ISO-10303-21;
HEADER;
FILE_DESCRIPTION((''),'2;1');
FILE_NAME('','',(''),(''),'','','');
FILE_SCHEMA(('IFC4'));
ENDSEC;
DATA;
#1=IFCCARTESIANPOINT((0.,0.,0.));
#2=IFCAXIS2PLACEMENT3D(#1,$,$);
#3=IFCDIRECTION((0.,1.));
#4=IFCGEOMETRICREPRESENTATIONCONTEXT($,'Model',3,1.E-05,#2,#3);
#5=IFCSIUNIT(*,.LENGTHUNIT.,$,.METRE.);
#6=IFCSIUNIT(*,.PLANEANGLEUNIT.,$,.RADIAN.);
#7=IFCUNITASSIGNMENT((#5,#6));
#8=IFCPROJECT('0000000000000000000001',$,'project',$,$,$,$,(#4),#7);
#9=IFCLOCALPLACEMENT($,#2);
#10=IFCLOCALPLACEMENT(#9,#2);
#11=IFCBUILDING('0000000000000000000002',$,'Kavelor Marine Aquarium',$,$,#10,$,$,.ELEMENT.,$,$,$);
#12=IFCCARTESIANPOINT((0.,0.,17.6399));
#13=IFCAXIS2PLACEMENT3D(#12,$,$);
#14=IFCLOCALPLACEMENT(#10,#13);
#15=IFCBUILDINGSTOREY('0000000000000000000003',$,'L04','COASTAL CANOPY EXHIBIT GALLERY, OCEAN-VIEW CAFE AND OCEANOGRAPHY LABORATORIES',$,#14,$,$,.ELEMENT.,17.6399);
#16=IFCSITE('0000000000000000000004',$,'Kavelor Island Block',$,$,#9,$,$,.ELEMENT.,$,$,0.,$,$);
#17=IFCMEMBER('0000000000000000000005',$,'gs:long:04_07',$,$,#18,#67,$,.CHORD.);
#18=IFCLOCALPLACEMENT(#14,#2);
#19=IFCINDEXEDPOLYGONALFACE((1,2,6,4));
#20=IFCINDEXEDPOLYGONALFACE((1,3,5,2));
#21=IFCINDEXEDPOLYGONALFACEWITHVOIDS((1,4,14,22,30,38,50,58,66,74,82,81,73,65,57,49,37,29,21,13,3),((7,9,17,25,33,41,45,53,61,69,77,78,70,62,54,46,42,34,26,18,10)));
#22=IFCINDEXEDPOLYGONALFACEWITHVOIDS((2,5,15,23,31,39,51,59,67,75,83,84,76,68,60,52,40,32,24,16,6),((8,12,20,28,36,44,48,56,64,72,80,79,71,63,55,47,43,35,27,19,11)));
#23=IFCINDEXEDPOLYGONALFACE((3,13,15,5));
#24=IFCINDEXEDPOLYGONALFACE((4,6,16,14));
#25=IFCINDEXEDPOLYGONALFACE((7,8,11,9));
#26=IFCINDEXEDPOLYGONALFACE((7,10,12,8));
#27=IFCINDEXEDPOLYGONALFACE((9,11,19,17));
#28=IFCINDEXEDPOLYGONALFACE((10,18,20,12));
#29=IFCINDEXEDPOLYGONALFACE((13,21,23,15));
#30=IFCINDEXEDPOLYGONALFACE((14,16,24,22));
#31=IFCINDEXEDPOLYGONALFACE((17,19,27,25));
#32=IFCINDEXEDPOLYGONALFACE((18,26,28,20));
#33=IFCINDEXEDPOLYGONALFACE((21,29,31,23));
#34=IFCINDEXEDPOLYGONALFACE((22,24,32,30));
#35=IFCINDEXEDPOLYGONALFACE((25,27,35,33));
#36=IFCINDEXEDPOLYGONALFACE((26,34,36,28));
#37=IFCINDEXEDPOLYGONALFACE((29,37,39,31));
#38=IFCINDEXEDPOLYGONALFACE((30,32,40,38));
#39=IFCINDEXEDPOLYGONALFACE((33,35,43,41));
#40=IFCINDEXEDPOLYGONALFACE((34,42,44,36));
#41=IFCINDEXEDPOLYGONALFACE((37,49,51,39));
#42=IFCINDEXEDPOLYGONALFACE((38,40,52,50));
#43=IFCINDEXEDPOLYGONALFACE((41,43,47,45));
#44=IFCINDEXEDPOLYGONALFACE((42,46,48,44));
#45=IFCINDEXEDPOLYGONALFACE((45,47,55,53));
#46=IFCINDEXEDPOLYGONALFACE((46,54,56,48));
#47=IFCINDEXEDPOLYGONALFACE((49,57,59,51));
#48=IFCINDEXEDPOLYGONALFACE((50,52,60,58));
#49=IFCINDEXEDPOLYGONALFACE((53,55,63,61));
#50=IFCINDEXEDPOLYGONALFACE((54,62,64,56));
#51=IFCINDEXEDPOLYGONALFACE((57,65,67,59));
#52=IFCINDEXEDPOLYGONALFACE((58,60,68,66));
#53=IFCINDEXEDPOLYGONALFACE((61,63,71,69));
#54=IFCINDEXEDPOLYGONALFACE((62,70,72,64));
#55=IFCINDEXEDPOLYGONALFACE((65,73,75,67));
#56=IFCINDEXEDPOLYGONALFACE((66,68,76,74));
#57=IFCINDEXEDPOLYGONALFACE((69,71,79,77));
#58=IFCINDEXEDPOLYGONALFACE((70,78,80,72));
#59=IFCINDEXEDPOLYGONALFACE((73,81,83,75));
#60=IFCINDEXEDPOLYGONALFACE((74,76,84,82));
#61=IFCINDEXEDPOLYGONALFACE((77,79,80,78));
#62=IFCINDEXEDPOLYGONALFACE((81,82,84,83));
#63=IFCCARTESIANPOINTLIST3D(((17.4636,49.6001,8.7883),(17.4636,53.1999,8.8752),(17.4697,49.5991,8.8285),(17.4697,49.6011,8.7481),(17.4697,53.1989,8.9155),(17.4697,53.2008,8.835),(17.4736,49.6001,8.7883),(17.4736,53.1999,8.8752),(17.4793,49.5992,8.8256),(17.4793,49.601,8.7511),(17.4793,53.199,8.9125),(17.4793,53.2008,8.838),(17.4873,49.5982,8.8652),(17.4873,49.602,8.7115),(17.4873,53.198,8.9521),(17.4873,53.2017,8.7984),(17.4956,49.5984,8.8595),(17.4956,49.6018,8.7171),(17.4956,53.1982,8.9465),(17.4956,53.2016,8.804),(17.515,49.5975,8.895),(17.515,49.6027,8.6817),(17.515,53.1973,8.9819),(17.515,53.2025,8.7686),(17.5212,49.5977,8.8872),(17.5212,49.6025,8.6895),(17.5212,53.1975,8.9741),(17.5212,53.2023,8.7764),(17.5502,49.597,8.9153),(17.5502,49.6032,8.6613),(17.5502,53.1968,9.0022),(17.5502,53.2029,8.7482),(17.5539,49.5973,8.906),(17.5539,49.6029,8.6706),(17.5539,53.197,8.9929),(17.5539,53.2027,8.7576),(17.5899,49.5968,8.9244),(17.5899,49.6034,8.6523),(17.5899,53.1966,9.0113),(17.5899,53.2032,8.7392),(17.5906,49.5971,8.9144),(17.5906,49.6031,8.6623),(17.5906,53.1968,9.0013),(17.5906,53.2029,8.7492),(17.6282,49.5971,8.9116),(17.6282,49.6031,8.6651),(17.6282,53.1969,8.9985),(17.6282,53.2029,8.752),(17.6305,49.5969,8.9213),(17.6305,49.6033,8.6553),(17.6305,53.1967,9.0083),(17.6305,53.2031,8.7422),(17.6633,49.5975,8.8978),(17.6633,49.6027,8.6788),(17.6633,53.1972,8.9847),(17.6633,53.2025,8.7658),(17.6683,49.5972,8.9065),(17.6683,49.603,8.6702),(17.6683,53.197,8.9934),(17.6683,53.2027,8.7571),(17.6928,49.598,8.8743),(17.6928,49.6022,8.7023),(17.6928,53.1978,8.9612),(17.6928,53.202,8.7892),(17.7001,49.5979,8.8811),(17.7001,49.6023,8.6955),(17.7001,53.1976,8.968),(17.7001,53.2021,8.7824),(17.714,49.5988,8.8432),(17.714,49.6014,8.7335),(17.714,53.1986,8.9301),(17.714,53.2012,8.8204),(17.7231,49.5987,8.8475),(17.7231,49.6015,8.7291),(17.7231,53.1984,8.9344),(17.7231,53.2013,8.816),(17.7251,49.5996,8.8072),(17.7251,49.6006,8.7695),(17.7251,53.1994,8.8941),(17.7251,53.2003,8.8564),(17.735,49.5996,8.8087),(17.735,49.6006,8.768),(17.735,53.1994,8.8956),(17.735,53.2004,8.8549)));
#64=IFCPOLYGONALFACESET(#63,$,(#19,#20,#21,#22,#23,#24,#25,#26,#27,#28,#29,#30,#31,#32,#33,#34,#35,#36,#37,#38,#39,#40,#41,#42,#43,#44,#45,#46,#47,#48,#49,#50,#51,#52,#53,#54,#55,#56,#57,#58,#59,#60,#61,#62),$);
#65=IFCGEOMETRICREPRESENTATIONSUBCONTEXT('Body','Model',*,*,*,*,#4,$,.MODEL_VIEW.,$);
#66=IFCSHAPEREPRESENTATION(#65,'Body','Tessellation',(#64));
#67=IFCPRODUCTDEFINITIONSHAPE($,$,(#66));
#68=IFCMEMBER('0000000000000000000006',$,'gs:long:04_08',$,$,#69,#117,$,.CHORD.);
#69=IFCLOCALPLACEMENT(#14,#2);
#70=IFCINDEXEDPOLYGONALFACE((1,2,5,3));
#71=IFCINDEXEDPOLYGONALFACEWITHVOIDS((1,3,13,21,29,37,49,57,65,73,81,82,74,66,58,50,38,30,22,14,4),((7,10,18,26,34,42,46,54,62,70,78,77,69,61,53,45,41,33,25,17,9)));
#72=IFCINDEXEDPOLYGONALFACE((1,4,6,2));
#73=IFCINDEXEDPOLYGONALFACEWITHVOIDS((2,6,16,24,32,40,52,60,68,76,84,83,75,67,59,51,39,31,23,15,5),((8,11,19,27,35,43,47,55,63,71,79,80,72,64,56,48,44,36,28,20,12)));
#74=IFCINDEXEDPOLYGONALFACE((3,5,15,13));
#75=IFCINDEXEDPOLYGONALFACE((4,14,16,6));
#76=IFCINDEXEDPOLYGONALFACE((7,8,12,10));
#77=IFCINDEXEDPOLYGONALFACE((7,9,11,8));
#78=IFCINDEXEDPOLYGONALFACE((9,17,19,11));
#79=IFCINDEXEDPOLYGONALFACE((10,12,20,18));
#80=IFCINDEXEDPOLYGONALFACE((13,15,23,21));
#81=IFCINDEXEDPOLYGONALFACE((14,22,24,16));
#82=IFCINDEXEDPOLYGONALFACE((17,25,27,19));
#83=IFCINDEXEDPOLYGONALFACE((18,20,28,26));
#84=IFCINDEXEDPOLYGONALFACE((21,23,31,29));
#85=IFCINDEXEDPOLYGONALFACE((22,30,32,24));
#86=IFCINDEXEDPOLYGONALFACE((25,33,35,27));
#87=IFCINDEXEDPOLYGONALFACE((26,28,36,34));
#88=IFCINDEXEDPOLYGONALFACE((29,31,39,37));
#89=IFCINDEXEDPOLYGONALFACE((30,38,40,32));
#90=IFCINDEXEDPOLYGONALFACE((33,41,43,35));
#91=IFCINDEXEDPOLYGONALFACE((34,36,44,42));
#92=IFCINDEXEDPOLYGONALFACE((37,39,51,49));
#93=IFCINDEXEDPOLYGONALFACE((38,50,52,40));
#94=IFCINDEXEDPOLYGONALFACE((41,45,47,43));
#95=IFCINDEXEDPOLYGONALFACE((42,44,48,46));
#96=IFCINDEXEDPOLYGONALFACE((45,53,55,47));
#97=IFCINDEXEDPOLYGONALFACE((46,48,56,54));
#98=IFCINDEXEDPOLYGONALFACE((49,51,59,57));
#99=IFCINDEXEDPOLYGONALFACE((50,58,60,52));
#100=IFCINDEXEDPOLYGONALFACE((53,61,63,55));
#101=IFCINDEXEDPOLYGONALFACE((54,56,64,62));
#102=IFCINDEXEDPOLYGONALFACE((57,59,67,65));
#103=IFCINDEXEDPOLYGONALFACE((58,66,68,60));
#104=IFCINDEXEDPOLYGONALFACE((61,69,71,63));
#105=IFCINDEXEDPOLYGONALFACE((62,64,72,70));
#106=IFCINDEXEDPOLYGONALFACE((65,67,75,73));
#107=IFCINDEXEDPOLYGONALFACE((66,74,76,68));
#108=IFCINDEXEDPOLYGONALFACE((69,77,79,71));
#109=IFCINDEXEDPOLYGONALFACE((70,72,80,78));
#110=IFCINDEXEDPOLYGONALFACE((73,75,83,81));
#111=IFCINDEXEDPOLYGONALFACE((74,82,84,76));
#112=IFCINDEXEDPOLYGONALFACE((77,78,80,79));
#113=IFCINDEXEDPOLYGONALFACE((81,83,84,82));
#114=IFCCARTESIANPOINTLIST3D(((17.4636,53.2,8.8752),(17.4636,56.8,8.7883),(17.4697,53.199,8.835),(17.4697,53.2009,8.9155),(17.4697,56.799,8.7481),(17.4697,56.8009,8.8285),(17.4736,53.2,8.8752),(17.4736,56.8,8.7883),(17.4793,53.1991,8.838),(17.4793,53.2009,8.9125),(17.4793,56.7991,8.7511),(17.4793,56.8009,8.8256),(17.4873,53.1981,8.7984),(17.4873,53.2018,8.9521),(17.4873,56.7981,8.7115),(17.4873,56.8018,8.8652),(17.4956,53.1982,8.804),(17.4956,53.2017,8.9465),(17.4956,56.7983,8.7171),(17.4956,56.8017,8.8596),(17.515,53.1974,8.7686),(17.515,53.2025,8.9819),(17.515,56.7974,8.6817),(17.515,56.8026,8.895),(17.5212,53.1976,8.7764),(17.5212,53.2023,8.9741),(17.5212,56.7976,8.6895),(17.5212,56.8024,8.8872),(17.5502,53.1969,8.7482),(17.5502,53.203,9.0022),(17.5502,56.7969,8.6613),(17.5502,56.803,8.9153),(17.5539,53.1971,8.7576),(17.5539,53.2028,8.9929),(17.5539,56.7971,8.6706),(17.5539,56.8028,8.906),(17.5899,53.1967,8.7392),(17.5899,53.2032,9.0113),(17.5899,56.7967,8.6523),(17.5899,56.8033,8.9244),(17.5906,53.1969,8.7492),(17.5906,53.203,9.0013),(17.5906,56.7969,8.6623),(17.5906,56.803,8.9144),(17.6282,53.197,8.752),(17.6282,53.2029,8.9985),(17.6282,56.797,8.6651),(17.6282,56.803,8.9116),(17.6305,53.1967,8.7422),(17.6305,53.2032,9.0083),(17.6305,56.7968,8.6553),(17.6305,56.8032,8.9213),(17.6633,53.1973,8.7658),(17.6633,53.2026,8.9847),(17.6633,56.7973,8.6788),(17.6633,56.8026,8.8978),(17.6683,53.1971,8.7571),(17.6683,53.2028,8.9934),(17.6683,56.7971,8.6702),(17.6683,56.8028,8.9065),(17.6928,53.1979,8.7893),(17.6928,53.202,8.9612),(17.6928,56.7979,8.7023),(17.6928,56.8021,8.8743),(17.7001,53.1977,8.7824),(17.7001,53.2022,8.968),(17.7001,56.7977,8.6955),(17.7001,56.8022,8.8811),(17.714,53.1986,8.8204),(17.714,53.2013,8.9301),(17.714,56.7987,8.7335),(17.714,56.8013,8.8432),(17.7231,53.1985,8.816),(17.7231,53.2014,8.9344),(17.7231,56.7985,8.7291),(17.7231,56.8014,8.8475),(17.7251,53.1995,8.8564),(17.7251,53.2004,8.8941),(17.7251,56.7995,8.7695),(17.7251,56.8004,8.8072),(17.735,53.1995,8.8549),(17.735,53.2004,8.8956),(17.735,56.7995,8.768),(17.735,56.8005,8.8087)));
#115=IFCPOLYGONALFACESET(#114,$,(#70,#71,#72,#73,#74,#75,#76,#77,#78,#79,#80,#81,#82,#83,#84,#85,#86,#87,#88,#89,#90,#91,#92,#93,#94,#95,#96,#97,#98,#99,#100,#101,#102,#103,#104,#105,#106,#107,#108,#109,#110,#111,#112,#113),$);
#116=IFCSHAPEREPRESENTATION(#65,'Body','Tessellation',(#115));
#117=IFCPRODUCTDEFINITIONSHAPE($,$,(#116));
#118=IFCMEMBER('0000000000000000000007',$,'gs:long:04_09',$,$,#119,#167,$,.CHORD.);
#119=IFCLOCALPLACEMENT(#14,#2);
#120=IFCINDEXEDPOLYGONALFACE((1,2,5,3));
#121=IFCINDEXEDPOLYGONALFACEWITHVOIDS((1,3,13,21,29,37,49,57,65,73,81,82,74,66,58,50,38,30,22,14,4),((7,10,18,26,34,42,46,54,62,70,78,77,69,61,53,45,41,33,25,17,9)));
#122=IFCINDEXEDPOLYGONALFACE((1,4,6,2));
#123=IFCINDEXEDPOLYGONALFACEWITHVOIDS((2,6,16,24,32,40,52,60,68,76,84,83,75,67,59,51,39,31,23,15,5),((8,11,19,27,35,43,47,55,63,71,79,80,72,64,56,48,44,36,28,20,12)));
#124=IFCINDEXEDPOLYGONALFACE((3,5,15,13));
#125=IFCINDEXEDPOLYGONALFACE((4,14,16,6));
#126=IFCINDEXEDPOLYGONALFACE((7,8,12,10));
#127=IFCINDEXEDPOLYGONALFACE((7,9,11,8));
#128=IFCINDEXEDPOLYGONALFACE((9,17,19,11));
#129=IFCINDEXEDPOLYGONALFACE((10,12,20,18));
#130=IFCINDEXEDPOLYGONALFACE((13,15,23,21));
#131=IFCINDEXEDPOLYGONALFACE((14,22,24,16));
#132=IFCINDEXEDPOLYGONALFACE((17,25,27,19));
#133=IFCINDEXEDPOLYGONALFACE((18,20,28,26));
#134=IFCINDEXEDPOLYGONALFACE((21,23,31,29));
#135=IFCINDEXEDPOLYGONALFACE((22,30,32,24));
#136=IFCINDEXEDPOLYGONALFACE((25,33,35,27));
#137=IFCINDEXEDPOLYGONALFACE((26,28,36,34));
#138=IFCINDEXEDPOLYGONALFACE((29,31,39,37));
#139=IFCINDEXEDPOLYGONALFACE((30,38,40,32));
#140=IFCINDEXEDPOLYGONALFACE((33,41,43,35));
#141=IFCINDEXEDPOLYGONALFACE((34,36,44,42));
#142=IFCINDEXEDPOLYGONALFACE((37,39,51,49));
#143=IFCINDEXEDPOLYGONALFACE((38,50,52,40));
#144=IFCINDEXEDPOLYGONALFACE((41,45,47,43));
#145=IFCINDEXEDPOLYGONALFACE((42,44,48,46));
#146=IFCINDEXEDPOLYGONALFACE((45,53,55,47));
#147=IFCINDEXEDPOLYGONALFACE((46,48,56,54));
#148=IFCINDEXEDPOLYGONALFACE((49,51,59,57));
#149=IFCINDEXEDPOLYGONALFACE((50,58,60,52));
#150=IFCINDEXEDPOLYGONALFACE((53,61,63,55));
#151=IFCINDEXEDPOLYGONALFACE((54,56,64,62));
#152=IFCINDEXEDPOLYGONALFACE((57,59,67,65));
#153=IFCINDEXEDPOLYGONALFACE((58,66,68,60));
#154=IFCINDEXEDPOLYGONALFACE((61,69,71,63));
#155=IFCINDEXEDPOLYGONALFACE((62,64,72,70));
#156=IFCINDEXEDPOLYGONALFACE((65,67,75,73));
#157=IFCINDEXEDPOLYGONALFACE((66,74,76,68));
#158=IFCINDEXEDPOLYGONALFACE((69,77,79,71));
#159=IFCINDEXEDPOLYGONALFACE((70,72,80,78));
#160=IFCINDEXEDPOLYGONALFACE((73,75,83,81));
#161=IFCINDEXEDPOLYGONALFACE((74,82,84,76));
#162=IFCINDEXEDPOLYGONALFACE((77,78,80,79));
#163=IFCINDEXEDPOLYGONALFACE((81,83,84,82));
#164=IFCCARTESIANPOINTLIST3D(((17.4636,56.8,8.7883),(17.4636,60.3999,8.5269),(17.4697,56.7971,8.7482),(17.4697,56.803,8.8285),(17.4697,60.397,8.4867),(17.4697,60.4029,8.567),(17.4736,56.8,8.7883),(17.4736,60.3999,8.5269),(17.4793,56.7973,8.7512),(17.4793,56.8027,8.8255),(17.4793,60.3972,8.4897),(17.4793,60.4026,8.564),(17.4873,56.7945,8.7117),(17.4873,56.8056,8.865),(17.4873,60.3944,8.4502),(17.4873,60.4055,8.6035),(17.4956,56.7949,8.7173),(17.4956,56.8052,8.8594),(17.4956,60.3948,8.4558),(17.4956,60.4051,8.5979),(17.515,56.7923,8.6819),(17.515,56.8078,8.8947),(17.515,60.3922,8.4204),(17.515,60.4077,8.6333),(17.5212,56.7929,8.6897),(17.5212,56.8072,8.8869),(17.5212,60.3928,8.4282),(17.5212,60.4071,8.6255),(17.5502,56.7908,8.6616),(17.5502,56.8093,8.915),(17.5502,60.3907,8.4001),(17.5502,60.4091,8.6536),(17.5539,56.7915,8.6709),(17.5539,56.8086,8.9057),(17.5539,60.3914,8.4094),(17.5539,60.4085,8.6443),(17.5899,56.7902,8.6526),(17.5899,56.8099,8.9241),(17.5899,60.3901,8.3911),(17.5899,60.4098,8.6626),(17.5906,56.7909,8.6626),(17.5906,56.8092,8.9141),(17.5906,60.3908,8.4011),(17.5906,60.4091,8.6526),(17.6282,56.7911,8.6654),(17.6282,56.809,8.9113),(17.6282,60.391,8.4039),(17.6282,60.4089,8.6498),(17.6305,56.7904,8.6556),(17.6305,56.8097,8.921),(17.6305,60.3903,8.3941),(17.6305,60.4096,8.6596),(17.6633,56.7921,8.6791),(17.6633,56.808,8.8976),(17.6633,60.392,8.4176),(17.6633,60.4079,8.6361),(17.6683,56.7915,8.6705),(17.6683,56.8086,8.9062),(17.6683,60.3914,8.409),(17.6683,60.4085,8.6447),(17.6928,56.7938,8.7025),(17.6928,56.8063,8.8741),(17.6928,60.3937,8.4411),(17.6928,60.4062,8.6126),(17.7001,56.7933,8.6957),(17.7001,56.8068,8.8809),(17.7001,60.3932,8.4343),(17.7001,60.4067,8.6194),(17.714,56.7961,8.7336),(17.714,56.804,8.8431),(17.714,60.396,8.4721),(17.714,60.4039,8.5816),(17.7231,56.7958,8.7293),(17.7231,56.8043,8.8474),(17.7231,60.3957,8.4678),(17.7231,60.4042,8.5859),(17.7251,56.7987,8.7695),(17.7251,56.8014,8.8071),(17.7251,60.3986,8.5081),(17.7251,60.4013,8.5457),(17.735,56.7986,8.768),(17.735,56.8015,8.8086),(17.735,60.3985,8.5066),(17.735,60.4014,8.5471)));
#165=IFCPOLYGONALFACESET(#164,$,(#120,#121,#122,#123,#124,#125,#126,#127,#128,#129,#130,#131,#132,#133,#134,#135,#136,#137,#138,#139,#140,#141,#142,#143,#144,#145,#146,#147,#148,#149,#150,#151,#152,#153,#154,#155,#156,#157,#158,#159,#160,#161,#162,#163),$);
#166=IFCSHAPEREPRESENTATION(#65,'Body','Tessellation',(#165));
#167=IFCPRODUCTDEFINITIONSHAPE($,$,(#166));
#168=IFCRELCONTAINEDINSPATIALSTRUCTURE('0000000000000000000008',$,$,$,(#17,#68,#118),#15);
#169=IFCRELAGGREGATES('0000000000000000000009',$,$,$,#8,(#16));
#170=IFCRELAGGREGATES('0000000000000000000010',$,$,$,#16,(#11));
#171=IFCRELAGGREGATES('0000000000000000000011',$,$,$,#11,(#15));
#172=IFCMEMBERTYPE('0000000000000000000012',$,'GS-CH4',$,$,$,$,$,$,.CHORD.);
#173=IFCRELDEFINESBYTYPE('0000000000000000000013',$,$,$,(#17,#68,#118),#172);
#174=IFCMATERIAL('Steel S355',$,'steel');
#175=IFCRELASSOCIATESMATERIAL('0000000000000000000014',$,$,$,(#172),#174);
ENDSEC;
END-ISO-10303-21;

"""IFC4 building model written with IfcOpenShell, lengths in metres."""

from ifc_helpers import new_model, si_unit, direction, frame, origin, origin_2d, place, context, subcontext, project, spatial, hollow_circle, extrude, material, material_profile, profile_set, type_object, element, save


model = new_model("IFC4")

# Units and contexts
model_context = context("Model", 3, precision=1e-05, world=origin(), true_north=direction((0.0, 1.0)))
body_context = subcontext(model_context, "Body", "Model", "MODEL_VIEW")
ifc_project = project(units=[si_unit("LENGTHUNIT", "METRE"), si_unit("PLANEANGLEUNIT", "RADIAN")], contexts=[model_context])

# Site, building, storey
site_placement = place(None, origin())
site = spatial("IfcSite", under=ifc_project, at=site_placement, Name="Kavelor Island Block", CompositionType="ELEMENT", RefElevation=0.0)
building_placement = place(site_placement, origin())
building = spatial("IfcBuilding", under=site, at=building_placement, Name="Kavelor Marine Aquarium", CompositionType="ELEMENT")
storey_placement = place(building_placement, frame((0.0, 0.0, 17.6399)))
storey = spatial("IfcBuildingStorey", under=building, at=storey_placement, Name="L04", Description="COASTAL CANOPY EXHIBIT GALLERY, OCEAN-VIEW CAFE AND OCEANOGRAPHY LABORATORIES", CompositionType="ELEMENT", Elevation=17.6399)

# Members
ifc_material_1 = material(Name="Steel S355", Category="steel")
ifc_material_profile_1 = material_profile(ifc_material_1, hollow_circle(Radius=0.1365, WallThickness=0.01, at=origin_2d()), Name="CHS 273.0x10.0")
ifc_profile_set_1 = profile_set([ifc_material_profile_1], Name="Steel S355")
member_type_1 = type_object("IfcMemberType", Name="GS-CH4", PredefinedType="CHORD", material=ifc_profile_set_1)
member_1_placement = place(storey_placement, frame((17.6001, 49.6001, 8.7883), z_axis=(0.0, 0.999709, 0.024137), x_axis=(-1.0, 0.0, 0.0)))
element("IfcMember", 1, at=member_1_placement, inside=storey, type_object=member_type_1, Name="gs:long:04_07", PredefinedType="CHORD", context=body_context, shape_type="SweptSolid", body=[
    extrude(hollow_circle(Radius=0.1365, WallThickness=0.01, at=origin_2d()), origin(), (0.0, 0.0, 1.0), 3.6008),
])
member_2_placement = place(storey_placement, frame((17.6001, 53.2, 8.8752), z_axis=(0.0, 0.999709, -0.024135), x_axis=(-1.0, 0.0, 0.0)))
element("IfcMember", 2, at=member_2_placement, inside=storey, type_object=member_type_1, Name="gs:long:04_08", PredefinedType="CHORD", context=body_context, shape_type="SweptSolid", body=[
    extrude(hollow_circle(Radius=0.1365, WallThickness=0.01, at=origin_2d()), origin(), (0.0, 0.0, 1.0), 3.6011),
])
member_3_placement = place(storey_placement, frame((17.6001, 56.8, 8.7883), z_axis=(0.0, 0.997372, -0.072444), x_axis=(-1.0, 0.0, 0.0)))
element("IfcMember", 3, at=member_3_placement, inside=storey, type_object=member_type_1, Name="gs:long:04_09", PredefinedType="CHORD", context=body_context, shape_type="SweptSolid", body=[
    extrude(hollow_circle(Radius=0.1365, WallThickness=0.01, at=origin_2d()), origin(), (0.0, 0.0, 1.0), 3.6094),
])

save(model, "model.ifc")
